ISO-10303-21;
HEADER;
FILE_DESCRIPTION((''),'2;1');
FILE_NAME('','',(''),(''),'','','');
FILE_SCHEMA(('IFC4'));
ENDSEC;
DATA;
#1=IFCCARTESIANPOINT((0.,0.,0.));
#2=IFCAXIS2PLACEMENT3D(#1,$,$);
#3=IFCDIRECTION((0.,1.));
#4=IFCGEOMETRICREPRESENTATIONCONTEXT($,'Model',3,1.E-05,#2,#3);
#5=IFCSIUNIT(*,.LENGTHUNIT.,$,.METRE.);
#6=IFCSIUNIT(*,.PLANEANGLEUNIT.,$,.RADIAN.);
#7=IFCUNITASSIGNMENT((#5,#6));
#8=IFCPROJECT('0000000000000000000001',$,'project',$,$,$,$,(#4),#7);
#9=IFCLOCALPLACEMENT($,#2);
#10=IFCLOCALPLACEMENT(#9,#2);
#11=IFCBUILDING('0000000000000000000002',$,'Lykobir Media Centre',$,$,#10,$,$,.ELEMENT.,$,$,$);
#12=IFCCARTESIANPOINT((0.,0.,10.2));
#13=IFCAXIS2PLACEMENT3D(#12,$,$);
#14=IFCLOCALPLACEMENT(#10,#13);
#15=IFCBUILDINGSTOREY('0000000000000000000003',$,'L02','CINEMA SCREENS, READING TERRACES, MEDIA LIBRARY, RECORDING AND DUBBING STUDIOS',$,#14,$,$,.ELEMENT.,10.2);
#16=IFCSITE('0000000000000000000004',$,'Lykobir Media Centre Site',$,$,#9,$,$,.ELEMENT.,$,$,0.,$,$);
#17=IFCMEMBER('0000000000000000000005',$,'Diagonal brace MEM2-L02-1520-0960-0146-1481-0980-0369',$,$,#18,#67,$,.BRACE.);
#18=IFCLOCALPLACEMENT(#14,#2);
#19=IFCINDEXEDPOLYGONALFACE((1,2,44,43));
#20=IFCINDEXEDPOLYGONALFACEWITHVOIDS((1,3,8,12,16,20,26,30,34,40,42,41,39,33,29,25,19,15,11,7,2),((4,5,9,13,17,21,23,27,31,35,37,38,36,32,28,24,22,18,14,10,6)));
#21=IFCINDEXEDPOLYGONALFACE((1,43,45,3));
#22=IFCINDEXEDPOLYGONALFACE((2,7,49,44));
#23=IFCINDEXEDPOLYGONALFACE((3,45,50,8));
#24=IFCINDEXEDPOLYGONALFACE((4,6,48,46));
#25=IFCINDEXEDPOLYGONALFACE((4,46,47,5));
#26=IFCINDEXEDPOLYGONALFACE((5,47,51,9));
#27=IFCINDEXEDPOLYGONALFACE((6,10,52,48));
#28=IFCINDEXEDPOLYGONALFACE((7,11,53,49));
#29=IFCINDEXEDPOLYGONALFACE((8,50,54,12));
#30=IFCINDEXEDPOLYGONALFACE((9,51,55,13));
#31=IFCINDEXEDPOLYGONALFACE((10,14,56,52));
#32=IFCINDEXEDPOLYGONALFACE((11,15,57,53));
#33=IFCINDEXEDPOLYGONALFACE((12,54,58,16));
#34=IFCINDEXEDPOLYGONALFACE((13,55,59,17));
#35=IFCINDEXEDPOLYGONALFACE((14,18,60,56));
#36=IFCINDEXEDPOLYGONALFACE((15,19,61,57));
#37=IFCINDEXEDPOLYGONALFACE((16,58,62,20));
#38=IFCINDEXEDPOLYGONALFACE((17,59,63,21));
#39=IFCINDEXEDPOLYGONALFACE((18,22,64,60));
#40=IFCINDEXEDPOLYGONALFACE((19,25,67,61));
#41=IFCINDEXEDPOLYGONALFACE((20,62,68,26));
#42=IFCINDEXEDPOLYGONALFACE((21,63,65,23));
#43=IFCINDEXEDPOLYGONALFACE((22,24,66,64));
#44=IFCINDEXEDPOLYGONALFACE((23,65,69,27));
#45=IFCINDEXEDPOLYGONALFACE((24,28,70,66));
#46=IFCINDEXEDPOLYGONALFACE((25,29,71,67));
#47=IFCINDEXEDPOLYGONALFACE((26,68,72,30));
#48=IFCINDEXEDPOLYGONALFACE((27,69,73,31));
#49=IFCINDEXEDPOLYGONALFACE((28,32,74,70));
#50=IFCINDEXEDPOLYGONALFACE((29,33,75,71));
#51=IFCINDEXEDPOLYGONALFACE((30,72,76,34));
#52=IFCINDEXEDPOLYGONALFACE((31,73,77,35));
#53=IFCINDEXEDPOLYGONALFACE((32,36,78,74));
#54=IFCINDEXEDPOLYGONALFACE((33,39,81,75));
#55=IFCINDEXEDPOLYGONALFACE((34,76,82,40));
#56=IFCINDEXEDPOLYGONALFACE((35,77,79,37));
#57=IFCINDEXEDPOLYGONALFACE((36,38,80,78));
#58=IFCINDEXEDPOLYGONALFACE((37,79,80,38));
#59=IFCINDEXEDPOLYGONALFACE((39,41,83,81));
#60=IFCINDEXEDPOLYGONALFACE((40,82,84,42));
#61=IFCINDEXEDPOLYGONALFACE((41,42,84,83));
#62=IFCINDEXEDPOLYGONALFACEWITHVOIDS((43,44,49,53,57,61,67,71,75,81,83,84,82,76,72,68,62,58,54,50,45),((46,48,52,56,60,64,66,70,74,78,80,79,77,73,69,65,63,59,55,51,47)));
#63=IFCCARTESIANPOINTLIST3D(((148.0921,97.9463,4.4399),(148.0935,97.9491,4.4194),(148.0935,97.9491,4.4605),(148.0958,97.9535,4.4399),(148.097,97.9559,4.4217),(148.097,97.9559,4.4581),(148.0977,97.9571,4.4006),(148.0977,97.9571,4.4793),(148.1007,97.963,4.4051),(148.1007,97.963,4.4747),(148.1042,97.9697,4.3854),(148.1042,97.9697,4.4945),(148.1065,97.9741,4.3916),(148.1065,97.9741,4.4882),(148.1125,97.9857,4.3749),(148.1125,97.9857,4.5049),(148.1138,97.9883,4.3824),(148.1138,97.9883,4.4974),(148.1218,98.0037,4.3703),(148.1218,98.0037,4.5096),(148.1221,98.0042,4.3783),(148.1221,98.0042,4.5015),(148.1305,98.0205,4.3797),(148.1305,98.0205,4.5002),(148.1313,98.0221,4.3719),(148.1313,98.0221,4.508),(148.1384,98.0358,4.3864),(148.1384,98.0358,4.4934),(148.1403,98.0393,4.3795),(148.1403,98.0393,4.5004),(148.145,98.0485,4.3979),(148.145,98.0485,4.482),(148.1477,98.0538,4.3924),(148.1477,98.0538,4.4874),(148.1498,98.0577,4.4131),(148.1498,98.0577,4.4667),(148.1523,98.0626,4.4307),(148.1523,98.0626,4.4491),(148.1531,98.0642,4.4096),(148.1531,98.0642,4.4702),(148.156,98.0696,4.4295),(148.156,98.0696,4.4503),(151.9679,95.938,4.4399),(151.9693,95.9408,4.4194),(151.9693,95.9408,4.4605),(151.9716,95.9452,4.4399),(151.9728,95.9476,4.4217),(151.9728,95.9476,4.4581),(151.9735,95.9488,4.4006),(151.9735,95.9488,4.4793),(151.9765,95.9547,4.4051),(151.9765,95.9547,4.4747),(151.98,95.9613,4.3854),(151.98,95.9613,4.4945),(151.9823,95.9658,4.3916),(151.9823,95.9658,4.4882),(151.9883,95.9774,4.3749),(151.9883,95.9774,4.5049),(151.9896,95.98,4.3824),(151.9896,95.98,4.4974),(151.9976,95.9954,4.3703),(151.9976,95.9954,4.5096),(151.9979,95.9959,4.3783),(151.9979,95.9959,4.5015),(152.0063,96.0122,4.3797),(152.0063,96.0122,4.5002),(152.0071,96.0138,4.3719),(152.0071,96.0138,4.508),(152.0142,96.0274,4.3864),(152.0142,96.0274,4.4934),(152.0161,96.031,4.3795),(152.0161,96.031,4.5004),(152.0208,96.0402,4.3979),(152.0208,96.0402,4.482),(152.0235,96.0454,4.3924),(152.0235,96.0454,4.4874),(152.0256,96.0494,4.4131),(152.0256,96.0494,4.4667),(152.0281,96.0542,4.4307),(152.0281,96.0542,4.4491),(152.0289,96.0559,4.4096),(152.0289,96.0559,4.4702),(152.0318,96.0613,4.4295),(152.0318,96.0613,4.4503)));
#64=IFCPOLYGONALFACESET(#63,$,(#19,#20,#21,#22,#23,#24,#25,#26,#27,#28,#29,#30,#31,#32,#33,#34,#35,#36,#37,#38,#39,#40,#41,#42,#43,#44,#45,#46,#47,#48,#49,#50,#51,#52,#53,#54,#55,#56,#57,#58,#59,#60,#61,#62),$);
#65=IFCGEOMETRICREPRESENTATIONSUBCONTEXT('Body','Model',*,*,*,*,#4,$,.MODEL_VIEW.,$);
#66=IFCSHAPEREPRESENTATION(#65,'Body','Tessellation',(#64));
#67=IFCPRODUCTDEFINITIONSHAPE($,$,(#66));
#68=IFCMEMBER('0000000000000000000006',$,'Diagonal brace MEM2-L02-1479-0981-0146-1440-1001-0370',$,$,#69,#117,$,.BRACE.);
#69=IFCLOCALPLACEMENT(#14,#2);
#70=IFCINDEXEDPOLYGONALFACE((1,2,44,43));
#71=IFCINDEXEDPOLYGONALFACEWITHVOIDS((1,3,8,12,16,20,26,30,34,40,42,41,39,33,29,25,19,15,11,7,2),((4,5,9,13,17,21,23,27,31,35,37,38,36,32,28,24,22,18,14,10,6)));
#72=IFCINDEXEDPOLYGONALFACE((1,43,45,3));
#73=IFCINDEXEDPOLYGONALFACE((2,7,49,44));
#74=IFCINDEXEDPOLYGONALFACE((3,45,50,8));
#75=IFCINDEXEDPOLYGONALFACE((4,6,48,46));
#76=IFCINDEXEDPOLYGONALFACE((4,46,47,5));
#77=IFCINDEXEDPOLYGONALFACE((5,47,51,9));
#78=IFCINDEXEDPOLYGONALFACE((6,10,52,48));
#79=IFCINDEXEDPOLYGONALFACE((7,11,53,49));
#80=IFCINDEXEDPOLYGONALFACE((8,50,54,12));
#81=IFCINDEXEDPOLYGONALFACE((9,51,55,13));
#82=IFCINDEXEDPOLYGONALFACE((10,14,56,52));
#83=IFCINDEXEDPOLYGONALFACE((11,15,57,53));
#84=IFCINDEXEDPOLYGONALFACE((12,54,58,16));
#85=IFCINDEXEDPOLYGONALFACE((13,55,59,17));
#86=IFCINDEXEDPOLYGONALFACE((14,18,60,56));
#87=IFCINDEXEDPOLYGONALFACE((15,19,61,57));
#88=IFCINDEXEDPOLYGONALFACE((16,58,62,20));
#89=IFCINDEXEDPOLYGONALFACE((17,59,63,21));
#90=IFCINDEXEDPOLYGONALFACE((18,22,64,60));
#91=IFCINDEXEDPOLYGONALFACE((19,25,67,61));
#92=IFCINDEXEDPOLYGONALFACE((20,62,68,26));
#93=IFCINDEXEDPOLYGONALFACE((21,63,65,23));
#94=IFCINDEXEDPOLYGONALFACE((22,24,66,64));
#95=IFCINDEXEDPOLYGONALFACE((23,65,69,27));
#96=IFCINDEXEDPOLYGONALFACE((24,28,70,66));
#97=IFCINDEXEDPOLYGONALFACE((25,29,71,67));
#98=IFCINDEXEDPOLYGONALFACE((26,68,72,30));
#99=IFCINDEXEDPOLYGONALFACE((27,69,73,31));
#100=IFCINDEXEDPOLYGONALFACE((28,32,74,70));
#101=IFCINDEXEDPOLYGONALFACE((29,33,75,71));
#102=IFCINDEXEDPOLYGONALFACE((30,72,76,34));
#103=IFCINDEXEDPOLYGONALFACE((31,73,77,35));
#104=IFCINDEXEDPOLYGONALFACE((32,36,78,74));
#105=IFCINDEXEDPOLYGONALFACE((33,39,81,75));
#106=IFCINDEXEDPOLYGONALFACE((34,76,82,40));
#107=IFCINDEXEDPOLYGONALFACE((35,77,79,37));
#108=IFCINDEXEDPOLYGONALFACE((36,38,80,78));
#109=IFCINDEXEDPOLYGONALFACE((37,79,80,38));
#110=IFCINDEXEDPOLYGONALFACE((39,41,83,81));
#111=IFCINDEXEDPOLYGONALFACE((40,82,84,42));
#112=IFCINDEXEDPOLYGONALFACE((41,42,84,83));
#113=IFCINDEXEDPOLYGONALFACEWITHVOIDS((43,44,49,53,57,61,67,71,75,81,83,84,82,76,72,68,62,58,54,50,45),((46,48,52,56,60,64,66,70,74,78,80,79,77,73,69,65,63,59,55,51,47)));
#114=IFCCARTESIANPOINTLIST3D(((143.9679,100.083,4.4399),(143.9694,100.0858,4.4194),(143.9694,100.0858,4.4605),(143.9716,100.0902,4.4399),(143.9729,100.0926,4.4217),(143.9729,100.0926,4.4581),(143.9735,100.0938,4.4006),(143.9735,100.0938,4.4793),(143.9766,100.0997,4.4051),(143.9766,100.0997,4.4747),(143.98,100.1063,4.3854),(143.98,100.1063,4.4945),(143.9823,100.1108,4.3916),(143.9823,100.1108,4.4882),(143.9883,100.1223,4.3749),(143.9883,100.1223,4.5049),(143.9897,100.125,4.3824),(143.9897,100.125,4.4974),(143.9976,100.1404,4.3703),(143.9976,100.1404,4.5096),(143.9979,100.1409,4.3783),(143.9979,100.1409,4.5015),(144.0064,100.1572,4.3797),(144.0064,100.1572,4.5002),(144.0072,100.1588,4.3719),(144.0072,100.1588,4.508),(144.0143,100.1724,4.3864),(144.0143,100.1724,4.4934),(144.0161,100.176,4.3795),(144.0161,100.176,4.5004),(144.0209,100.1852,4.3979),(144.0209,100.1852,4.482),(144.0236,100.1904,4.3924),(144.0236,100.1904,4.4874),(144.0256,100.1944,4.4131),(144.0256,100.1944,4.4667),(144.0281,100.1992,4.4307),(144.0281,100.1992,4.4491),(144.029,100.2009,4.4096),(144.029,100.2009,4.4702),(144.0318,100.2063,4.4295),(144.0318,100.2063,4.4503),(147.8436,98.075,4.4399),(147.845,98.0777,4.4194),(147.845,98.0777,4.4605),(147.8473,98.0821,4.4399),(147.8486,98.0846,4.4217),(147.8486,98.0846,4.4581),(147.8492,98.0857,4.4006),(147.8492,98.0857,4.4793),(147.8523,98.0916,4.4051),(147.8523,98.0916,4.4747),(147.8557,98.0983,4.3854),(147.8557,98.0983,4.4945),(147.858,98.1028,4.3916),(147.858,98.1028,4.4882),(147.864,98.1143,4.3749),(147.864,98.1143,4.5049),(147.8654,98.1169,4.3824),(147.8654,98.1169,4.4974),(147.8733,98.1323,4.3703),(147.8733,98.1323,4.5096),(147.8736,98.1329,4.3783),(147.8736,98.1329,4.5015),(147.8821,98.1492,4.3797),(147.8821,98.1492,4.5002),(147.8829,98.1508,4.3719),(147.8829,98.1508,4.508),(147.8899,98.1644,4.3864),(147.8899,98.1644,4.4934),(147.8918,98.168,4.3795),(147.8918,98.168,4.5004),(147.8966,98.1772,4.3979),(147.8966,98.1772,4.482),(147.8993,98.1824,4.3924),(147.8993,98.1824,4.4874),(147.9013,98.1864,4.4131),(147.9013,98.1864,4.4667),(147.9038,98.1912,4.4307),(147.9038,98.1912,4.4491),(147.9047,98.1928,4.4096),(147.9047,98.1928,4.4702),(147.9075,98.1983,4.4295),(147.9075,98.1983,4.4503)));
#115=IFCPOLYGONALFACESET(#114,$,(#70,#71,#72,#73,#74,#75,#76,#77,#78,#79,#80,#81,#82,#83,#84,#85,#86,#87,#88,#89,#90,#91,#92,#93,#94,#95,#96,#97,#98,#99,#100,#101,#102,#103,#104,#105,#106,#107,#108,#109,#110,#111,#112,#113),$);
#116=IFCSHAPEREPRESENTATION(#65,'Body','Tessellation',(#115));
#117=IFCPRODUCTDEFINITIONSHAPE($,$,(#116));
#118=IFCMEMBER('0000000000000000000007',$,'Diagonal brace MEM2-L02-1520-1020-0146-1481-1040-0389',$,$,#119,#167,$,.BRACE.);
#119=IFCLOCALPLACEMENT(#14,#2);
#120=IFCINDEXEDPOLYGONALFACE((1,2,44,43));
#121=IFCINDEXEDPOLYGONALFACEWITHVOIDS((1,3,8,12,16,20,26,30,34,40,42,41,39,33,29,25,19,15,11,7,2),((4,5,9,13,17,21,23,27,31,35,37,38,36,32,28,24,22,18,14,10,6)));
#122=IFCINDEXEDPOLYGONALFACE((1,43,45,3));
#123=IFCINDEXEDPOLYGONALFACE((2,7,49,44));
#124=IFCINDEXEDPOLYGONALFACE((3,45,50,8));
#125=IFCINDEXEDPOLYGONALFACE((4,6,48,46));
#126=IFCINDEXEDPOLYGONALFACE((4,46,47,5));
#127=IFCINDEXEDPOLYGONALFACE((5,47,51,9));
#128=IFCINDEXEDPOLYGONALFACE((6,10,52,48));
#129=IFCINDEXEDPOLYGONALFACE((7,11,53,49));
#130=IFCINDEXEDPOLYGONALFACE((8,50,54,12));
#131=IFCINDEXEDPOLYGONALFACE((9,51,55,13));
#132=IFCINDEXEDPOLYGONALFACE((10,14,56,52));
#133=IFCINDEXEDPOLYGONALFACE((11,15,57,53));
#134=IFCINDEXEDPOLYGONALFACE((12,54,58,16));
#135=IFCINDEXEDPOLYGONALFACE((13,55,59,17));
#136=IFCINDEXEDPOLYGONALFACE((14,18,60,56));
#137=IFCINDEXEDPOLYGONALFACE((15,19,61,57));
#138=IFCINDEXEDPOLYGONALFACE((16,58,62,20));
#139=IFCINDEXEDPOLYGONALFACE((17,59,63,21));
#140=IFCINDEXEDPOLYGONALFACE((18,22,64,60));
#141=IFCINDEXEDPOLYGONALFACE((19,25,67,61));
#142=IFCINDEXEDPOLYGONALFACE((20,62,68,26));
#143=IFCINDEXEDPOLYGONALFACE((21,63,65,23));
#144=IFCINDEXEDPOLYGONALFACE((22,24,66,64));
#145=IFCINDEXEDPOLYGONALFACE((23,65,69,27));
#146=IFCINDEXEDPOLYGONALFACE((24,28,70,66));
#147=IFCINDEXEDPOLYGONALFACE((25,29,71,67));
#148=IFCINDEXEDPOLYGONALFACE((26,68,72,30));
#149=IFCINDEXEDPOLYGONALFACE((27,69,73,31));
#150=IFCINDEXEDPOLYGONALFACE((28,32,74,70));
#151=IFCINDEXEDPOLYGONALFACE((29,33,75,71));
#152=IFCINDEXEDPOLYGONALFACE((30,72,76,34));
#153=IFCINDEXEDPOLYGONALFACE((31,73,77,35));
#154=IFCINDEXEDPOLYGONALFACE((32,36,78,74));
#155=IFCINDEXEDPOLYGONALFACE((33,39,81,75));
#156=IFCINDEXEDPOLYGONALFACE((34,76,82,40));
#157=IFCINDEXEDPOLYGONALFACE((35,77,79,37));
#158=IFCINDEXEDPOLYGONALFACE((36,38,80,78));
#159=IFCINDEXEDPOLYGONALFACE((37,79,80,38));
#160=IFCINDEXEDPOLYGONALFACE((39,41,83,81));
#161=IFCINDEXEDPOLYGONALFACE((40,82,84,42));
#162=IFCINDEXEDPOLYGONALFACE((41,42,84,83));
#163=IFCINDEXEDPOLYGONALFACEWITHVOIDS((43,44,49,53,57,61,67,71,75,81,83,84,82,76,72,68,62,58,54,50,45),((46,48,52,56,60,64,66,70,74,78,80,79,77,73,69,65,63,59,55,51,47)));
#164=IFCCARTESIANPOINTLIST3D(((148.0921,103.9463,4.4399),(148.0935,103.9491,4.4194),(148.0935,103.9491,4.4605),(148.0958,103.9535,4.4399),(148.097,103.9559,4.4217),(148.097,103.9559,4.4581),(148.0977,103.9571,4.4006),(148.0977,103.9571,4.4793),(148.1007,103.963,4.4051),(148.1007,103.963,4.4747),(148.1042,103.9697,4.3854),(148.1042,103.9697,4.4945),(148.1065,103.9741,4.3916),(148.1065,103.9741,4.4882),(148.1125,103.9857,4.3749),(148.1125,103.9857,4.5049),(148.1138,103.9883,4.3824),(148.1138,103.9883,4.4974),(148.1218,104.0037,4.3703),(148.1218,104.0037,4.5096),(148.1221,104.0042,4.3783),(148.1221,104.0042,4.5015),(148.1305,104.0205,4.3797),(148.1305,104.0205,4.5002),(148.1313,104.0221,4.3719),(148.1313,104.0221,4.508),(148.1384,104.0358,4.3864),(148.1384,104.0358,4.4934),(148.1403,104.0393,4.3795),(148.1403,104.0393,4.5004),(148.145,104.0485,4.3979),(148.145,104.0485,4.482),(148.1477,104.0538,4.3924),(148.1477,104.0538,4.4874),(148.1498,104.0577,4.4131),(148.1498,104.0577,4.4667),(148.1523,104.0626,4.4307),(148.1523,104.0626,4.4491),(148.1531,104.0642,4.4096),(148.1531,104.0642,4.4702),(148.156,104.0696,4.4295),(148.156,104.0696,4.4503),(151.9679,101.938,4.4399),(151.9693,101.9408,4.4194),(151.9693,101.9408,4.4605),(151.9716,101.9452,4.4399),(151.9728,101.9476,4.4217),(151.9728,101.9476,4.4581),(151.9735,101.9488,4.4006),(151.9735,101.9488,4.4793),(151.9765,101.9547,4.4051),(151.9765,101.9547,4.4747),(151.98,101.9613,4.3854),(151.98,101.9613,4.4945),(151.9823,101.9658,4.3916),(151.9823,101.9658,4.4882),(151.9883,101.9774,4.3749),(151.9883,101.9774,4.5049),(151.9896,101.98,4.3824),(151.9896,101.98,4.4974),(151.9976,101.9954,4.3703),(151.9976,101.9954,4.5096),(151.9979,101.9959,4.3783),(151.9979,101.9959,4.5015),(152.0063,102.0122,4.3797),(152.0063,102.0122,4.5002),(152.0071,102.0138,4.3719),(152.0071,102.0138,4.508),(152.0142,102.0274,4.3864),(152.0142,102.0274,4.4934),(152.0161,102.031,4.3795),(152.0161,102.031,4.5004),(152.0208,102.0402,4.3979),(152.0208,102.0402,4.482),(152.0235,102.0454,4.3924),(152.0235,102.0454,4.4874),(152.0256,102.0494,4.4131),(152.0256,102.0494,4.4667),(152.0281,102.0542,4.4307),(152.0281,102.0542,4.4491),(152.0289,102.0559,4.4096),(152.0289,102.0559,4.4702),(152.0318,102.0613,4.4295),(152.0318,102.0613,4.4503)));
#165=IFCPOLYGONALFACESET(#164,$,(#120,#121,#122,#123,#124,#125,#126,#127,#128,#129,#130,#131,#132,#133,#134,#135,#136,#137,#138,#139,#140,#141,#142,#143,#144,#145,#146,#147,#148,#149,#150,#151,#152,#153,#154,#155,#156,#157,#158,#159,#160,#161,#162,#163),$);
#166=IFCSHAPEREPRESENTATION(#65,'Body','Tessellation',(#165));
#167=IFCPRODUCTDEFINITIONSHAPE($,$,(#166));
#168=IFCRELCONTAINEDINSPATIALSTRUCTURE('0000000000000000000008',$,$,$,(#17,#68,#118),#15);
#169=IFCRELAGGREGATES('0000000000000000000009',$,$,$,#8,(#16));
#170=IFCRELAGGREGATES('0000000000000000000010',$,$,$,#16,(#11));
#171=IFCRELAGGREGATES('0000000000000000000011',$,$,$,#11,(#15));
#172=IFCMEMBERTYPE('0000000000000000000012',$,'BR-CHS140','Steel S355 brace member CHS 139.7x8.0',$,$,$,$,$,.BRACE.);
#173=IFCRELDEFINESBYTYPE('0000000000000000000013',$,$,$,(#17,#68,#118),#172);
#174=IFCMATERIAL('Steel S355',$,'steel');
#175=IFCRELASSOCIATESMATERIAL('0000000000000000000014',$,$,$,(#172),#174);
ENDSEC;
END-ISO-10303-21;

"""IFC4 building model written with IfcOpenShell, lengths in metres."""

from ifc_helpers import new_model, si_unit, direction, frame, origin, origin_2d, place, context, subcontext, project, spatial, hollow_circle, extrude, material, material_profile, profile_set, type_object, element, save


model = new_model("IFC4")

# Units and contexts
model_context = context("Model", 3, precision=1e-05, world=origin(), true_north=direction((0.0, 1.0)))
body_context = subcontext(model_context, "Body", "Model", "MODEL_VIEW")
ifc_project = project(units=[si_unit("LENGTHUNIT", "METRE"), si_unit("PLANEANGLEUNIT", "RADIAN")], contexts=[model_context])

# Site, building, storey
site_placement = place(None, origin())
site = spatial("IfcSite", under=ifc_project, at=site_placement, Name="Lykobir Media Centre Site", CompositionType="ELEMENT", RefElevation=0.0)
building_placement = place(site_placement, origin())
building = spatial("IfcBuilding", under=site, at=building_placement, Name="Lykobir Media Centre", CompositionType="ELEMENT")
storey_placement = place(building_placement, frame((0.0, 0.0, 10.2)))
storey = spatial("IfcBuildingStorey", under=building, at=storey_placement, Name="L02", Description="CINEMA SCREENS, READING TERRACES, MEDIA LIBRARY, RECORDING AND DUBBING STUDIOS", CompositionType="ELEMENT", Elevation=10.2)

# Members
ifc_material_1 = material(Name="Steel S355", Category="steel")
ifc_material_profile_1 = material_profile(ifc_material_1, hollow_circle(Radius=0.0698, WallThickness=0.0081, at=origin_2d()), Name="CHS 139.7x8.0")
ifc_profile_set_1 = profile_set([ifc_material_profile_1], Name="Steel S355")
member_type_1 = type_object("IfcMemberType", Name="BR-CHS140", Description="Steel S355 brace member CHS 139.7x8.0", PredefinedType="BRACE", material=ifc_profile_set_1)
member_1_placement = place(storey_placement, frame((152.0, 96.0, 4.4399), z_axis=(-0.88788, 0.460076, 0.0), x_axis=(-0.460076, -0.88788, 0.0)))
element("IfcMember", 1, at=member_1_placement, inside=storey, type_object=member_type_1, Name="Diagonal brace MEM2-L02-1520-0960-0146-1481-0980-0369", PredefinedType="BRACE", context=body_context, shape_type="SweptSolid", body=[
    extrude(hollow_circle(Radius=0.0698, WallThickness=0.0081, at=origin_2d()), origin(), (0.0, 0.0, 1.0), 4.3652),
])
member_2_placement = place(storey_placement, frame((147.8757, 98.137, 4.4399), z_axis=(-0.887903, 0.460031, 0.0), x_axis=(-0.460031, -0.887903, 0.0)))
element("IfcMember", 2, at=member_2_placement, inside=storey, type_object=member_type_1, Name="Diagonal brace MEM2-L02-1479-0981-0146-1440-1001-0370", PredefinedType="BRACE", context=body_context, shape_type="SweptSolid", body=[
    extrude(hollow_circle(Radius=0.0698, WallThickness=0.0081, at=origin_2d()), origin(), (0.0, 0.0, 1.0), 4.365),
])
member_3_placement = place(storey_placement, frame((152.0, 102.0, 4.4399), z_axis=(-0.88788, 0.460076, 0.0), x_axis=(-0.460076, -0.88788, 0.0)))
element("IfcMember", 3, at=member_3_placement, inside=storey, type_object=member_type_1, Name="Diagonal brace MEM2-L02-1520-1020-0146-1481-1040-0389", PredefinedType="BRACE", context=body_context, shape_type="SweptSolid", body=[
    extrude(hollow_circle(Radius=0.0698, WallThickness=0.0081, at=origin_2d()), origin(), (0.0, 0.0, 1.0), 4.3652),
])

save(model, "model.ifc")
